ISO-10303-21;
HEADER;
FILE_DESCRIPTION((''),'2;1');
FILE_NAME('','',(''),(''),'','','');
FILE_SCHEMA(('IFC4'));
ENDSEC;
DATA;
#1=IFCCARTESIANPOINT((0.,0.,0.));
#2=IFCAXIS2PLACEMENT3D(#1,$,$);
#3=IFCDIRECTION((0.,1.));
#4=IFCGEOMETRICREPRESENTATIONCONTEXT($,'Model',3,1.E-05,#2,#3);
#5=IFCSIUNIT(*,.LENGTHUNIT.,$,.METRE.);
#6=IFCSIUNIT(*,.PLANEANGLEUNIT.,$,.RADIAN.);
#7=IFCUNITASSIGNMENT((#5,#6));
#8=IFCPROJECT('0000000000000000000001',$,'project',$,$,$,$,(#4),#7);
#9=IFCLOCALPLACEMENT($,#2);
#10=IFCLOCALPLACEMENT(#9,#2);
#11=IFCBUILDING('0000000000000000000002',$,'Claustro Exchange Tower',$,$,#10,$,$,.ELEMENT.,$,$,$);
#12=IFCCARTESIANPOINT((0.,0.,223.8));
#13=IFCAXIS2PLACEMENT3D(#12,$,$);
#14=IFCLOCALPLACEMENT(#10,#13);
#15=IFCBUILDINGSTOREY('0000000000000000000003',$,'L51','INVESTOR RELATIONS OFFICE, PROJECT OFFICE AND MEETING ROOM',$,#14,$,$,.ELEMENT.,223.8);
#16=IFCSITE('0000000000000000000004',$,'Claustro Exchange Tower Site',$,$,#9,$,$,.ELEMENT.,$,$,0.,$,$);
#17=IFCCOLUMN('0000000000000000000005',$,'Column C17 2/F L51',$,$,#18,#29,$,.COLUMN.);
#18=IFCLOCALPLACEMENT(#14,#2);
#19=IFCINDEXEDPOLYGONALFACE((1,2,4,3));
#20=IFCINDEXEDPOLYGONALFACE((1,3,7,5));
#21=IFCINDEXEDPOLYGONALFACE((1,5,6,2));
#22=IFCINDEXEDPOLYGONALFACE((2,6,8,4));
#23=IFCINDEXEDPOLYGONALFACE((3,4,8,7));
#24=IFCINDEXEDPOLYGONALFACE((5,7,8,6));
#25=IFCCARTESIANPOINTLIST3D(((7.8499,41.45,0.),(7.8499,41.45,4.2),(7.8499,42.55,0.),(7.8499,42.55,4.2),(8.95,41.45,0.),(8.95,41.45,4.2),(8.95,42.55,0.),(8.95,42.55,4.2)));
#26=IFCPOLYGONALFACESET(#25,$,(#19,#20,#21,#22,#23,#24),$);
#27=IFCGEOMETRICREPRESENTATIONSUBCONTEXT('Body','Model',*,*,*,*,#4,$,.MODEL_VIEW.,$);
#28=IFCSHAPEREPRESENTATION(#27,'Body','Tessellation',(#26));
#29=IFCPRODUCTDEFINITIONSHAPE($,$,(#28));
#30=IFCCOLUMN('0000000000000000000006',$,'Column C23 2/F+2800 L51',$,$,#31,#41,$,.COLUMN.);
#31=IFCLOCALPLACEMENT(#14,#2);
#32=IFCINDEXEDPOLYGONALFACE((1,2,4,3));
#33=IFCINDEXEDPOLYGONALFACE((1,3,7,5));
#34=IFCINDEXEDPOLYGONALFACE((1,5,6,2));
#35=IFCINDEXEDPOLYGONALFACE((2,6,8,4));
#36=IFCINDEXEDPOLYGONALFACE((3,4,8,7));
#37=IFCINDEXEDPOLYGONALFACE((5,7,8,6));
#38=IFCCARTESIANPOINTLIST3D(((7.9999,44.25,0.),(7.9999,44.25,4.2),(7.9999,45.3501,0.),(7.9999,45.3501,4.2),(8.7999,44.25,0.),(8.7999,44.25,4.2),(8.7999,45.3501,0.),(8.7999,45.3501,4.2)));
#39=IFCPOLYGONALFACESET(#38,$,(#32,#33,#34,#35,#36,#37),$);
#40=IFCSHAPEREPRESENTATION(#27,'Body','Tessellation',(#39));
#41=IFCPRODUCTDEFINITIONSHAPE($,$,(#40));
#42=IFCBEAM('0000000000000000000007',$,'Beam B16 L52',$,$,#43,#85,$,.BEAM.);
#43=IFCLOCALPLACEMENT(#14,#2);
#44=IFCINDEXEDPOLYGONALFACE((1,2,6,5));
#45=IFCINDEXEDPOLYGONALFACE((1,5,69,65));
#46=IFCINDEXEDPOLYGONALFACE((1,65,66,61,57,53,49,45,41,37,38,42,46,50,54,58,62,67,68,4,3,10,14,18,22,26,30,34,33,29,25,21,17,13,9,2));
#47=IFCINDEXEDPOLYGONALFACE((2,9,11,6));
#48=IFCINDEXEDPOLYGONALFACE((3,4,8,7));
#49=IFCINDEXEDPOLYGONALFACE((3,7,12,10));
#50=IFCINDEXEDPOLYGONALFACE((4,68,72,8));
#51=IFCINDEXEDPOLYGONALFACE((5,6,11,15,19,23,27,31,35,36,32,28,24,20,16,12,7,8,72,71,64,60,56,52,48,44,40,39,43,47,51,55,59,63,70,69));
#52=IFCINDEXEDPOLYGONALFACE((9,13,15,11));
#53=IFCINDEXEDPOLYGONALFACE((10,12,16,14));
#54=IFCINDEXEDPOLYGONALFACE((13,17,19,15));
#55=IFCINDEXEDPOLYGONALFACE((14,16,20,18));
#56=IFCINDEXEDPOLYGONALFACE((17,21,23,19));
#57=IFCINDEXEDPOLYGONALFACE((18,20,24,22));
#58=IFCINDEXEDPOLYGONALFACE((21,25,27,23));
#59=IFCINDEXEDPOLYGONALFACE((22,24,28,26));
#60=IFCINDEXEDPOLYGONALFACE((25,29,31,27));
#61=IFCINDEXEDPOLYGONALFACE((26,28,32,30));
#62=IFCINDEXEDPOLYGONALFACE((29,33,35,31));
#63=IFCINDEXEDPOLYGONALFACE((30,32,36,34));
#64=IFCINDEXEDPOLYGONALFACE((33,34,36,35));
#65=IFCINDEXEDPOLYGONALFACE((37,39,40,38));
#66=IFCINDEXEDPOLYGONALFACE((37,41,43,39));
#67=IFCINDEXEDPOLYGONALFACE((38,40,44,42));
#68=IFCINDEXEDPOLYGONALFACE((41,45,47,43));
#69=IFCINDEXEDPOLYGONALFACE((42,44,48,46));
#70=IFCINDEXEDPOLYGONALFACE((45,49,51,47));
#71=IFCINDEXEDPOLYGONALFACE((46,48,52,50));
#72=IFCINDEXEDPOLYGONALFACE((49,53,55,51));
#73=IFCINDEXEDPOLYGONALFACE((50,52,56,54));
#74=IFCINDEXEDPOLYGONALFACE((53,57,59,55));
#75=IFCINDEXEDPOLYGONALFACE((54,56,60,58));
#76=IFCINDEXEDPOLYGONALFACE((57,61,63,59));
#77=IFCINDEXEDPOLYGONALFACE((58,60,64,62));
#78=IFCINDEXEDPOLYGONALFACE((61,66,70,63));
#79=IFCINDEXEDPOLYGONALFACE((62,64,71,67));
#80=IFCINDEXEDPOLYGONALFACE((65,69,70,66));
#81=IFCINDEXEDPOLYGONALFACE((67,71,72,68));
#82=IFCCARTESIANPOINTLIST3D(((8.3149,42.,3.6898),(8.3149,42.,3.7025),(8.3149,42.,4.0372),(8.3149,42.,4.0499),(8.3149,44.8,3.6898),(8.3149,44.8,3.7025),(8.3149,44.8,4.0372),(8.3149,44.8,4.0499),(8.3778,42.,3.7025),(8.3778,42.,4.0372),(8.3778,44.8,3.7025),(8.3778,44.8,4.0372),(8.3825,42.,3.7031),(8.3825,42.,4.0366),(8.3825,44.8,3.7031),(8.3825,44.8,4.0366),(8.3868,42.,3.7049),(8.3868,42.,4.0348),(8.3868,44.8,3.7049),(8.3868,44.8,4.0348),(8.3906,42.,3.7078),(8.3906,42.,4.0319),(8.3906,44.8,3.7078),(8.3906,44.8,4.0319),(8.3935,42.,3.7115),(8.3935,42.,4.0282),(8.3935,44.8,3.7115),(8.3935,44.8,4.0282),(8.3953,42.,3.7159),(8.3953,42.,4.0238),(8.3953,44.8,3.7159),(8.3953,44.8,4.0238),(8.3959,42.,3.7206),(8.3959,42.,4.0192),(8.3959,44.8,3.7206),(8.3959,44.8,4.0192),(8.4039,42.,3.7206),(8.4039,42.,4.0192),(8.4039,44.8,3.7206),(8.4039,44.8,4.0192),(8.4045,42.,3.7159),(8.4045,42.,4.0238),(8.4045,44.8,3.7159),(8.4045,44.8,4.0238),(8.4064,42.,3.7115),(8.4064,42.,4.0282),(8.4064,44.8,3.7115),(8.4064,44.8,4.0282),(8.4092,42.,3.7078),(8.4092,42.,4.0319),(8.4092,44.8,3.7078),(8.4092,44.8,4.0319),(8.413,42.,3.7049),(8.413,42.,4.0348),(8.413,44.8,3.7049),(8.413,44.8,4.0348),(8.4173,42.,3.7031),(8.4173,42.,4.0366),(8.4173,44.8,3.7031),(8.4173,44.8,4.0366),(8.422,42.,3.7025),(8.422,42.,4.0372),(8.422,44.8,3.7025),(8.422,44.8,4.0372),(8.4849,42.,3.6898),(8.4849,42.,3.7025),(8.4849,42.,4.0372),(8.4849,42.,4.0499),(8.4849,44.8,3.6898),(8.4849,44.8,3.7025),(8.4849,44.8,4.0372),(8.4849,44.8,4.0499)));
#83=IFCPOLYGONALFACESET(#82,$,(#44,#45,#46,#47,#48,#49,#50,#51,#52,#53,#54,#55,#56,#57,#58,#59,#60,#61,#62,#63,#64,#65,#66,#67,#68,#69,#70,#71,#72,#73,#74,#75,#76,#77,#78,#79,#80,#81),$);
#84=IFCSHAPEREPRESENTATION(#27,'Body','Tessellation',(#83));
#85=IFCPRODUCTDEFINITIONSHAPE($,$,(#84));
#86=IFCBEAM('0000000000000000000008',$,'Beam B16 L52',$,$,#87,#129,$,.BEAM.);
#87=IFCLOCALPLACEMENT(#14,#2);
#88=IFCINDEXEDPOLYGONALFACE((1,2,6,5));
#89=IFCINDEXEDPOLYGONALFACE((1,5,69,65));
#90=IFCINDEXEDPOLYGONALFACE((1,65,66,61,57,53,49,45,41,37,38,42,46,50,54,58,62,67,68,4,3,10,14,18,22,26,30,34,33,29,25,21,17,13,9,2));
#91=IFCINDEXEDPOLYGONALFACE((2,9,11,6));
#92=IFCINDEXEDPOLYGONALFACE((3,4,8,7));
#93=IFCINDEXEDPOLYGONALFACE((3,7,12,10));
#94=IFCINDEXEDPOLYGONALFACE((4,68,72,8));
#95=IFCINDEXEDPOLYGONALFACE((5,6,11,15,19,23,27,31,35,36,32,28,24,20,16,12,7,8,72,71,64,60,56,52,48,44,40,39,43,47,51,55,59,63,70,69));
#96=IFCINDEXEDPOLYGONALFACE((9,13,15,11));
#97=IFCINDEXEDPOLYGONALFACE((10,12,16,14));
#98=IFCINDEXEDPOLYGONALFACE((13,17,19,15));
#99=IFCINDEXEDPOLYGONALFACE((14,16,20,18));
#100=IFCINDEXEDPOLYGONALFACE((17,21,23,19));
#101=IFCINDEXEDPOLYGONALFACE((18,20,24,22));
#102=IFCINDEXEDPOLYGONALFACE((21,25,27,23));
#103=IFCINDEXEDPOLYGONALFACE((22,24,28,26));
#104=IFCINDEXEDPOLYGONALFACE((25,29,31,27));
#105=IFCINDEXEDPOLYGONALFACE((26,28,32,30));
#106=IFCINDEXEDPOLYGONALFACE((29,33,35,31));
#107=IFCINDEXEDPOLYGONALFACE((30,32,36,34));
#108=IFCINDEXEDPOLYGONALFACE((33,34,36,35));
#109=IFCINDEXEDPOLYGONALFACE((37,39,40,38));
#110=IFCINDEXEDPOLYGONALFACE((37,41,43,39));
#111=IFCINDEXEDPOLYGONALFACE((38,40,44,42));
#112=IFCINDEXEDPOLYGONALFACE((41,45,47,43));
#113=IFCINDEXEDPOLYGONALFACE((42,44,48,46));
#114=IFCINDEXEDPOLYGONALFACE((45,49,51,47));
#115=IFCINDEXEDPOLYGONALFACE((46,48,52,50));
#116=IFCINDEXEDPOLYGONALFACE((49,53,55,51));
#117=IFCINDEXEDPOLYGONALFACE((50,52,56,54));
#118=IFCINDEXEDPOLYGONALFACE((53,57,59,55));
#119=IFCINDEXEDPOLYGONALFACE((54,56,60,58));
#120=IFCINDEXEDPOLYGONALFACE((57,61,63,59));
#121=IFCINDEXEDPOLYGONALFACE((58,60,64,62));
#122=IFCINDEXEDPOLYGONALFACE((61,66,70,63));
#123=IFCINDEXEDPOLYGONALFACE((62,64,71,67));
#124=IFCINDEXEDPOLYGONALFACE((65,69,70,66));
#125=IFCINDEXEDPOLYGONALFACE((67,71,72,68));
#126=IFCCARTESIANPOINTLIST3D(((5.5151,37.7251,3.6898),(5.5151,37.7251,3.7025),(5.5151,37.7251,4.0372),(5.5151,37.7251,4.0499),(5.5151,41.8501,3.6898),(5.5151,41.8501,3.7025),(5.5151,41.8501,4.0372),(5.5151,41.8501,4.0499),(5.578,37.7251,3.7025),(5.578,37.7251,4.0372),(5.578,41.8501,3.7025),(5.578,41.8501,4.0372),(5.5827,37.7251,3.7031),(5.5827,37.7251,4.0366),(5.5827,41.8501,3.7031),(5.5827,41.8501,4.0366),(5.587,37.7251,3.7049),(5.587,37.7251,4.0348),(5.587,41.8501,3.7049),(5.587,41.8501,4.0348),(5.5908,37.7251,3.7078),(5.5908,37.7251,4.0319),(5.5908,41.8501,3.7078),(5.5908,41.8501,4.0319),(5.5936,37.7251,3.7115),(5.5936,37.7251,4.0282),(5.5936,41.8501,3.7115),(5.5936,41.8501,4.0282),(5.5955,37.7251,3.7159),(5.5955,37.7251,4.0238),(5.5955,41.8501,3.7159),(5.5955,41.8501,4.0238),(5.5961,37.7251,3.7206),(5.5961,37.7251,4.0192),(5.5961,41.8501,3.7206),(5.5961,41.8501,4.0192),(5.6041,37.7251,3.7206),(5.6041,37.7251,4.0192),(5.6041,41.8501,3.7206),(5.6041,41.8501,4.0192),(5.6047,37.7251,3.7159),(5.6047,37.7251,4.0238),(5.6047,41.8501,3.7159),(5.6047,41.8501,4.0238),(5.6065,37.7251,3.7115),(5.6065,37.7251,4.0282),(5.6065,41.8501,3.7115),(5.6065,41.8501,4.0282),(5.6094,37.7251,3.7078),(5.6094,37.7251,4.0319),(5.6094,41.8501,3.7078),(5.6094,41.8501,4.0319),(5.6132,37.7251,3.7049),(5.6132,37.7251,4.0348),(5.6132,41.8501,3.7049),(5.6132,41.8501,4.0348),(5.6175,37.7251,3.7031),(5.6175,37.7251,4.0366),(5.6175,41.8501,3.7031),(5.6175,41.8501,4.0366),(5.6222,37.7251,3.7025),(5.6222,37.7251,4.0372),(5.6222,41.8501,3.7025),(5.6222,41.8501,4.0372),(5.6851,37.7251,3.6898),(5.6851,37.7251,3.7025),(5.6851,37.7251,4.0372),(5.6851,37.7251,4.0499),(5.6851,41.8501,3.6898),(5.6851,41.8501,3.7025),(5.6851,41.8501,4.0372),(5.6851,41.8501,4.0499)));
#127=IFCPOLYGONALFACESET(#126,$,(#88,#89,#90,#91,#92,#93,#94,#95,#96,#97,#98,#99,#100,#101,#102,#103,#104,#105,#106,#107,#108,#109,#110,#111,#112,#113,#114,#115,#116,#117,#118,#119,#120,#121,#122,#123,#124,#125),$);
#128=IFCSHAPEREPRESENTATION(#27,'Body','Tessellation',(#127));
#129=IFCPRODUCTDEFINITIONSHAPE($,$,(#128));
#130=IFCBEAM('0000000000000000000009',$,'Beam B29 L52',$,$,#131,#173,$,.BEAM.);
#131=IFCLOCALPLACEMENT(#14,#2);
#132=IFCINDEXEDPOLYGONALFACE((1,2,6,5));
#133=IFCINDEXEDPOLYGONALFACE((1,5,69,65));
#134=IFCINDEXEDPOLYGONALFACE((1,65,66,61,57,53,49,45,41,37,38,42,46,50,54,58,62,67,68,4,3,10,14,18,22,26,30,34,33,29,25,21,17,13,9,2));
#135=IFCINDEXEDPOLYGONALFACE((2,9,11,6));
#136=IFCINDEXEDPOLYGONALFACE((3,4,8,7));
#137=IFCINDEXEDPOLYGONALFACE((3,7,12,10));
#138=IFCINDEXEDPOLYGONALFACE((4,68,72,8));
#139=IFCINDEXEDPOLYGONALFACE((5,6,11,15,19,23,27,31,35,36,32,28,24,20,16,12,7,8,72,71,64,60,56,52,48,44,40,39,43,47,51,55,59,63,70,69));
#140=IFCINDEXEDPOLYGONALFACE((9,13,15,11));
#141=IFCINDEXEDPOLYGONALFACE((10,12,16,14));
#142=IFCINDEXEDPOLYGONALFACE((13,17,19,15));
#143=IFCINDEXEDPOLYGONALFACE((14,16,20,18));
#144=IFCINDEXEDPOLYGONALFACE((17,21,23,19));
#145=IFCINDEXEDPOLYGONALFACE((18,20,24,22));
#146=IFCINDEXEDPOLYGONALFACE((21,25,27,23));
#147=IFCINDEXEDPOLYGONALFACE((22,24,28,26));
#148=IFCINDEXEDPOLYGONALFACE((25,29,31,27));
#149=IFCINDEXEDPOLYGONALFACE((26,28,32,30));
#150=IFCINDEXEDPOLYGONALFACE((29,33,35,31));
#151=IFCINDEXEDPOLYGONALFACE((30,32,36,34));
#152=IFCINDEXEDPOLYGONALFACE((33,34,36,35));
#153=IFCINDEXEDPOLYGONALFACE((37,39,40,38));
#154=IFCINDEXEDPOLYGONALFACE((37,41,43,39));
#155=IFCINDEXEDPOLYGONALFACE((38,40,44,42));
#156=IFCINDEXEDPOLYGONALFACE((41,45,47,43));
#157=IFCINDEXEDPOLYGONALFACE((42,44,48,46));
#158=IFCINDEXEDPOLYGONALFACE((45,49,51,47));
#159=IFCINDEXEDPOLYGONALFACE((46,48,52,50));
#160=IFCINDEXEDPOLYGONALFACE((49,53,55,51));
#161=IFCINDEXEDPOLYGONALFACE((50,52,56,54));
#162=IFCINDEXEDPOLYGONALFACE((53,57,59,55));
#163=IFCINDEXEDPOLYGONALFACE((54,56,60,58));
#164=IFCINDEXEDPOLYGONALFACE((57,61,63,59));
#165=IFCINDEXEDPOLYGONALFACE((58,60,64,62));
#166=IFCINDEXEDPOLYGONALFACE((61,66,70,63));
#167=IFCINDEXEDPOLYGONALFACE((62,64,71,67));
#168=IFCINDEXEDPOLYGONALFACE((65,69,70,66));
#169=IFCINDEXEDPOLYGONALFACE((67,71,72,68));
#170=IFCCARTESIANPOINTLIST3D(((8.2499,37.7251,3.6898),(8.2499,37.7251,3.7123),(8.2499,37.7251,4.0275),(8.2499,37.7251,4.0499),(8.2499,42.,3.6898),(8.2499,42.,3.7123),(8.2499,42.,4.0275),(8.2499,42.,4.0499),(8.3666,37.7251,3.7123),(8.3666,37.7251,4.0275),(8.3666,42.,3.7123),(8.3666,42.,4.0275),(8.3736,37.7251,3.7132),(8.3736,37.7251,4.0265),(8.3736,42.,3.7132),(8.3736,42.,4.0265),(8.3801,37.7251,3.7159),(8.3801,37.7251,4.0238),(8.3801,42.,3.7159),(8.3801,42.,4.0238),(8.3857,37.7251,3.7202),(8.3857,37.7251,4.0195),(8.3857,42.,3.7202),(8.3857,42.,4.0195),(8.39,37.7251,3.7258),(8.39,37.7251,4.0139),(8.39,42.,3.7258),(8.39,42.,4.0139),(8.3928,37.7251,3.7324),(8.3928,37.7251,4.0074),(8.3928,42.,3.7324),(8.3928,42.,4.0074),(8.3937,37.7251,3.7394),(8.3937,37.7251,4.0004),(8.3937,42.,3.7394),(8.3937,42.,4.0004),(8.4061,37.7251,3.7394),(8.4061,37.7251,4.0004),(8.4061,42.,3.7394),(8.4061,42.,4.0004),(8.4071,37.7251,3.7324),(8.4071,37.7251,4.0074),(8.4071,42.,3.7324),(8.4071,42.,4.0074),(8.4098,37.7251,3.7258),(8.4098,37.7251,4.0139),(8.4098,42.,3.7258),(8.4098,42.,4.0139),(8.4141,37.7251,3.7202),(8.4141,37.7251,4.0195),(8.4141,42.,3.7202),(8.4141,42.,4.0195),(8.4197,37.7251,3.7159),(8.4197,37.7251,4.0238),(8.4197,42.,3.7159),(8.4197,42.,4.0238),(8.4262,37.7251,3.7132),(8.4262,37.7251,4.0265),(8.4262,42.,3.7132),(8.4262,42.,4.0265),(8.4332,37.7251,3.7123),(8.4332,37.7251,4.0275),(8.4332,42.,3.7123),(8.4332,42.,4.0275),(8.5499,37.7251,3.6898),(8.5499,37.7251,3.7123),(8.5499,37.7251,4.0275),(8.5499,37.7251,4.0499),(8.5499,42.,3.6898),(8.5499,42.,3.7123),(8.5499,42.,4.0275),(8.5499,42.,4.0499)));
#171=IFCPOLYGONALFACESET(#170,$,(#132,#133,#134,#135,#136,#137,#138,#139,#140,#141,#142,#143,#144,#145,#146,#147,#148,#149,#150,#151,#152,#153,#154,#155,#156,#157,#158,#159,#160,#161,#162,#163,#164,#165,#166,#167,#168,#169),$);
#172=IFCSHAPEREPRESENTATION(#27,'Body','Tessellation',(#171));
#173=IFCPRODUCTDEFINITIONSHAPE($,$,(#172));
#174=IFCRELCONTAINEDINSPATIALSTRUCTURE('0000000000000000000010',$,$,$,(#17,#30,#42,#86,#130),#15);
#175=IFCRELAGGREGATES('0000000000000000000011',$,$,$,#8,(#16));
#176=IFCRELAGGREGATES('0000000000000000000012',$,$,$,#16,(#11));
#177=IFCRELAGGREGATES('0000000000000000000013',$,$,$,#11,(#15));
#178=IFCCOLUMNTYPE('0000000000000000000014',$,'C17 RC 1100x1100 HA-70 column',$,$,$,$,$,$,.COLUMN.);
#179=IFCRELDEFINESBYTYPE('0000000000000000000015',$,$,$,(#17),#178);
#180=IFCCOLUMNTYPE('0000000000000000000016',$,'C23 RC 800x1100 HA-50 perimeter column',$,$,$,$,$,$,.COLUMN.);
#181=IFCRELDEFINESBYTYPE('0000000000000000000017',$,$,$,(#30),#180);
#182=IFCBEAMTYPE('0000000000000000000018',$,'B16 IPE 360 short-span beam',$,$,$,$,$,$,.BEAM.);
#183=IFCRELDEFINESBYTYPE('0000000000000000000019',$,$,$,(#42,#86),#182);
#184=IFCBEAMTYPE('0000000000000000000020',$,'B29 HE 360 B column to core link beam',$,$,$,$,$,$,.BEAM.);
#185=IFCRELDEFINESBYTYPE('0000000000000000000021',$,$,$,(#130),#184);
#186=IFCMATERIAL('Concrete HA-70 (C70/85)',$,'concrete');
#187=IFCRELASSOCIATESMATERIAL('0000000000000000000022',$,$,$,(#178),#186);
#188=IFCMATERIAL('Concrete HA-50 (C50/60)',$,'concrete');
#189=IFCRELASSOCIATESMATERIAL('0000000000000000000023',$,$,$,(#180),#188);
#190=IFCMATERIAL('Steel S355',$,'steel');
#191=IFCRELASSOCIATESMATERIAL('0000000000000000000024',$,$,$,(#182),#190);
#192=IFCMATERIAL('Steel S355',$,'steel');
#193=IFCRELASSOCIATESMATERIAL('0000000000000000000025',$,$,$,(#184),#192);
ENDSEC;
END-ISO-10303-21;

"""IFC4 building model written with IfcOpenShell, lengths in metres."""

from ifc_helpers import new_model, si_unit, direction, frame, origin, origin_2d, place, context, subcontext, project, spatial, rectangle, i_section, extrude, material, material_profile, profile_set, type_object, element, save


model = new_model("IFC4")

# Units and contexts
model_context = context("Model", 3, precision=1e-05, world=origin(), true_north=direction((0.0, 1.0)))
body_context = subcontext(model_context, "Body", "Model", "MODEL_VIEW")
ifc_project = project(units=[si_unit("LENGTHUNIT", "METRE"), si_unit("PLANEANGLEUNIT", "RADIAN")], contexts=[model_context])

# Site, building, storey
site_placement = place(None, origin())
site = spatial("IfcSite", under=ifc_project, at=site_placement, Name="Claustro Exchange Tower Site", CompositionType="ELEMENT", RefElevation=0.0)
building_placement = place(site_placement, origin())
building = spatial("IfcBuilding", under=site, at=building_placement, Name="Claustro Exchange Tower", CompositionType="ELEMENT")
storey_placement = place(building_placement, frame((0.0, 0.0, 223.8)))
storey = spatial("IfcBuildingStorey", under=building, at=storey_placement, Name="L51", Description="INVESTOR RELATIONS OFFICE, PROJECT OFFICE AND MEETING ROOM", CompositionType="ELEMENT", Elevation=223.8)

# Columns
ifc_material_1 = material(Name="Concrete HA-70 (C70/85)", Category="concrete")
ifc_material_profile_1 = material_profile(ifc_material_1, rectangle(XDim=1.1001, YDim=1.1001, at=origin_2d()), Name="RC 1100x1100")
ifc_profile_set_1 = profile_set([ifc_material_profile_1], Name="Concrete HA-70 (C70/85)")
column_type_1 = type_object("IfcColumnType", Name="C17 RC 1100x1100 HA-70 column", PredefinedType="COLUMN", material=ifc_profile_set_1)
column_1_placement = place(storey_placement, frame((8.3999, 42.0, 0.0), z_axis=(0.0, 0.0, 1.0), x_axis=(1.0, 0.0, 0.0)))
element("IfcColumn", 1, at=column_1_placement, inside=storey, type_object=column_type_1, Name="Column C17 2/F L51", PredefinedType="COLUMN", context=body_context, shape_type="SweptSolid", body=[
    extrude(rectangle(XDim=1.1001, YDim=1.1001, at=origin_2d()), origin(), (0.0, 0.0, 1.0), 4.2),
])
ifc_material_2 = material(Name="Concrete HA-50 (C50/60)", Category="concrete")
ifc_material_profile_2 = material_profile(ifc_material_2, rectangle(XDim=0.8, YDim=1.1001, at=origin_2d()), Name="RC 800x1100")
ifc_profile_set_2 = profile_set([ifc_material_profile_2], Name="Concrete HA-50 (C50/60)")
column_type_2 = type_object("IfcColumnType", Name="C23 RC 800x1100 HA-50 perimeter column", PredefinedType="COLUMN", material=ifc_profile_set_2)
column_2_placement = place(storey_placement, frame((8.3999, 44.8, 0.0), z_axis=(0.0, 0.0, 1.0), x_axis=(1.0, 0.0, 0.0)))
element("IfcColumn", 2, at=column_2_placement, inside=storey, type_object=column_type_2, Name="Column C23 2/F+2800 L51", PredefinedType="COLUMN", context=body_context, shape_type="SweptSolid", body=[
    extrude(rectangle(XDim=0.8, YDim=1.1001, at=origin_2d()), origin(), (0.0, 0.0, 1.0), 4.2),
])

# Beams
ifc_material_3 = material(Name="Steel S355", Category="steel")
ifc_material_profile_3 = material_profile(ifc_material_3, i_section(OverallWidth=0.1699, OverallDepth=0.3601, WebThickness=0.0081, FlangeThickness=0.0127, FilletRadius=0.0181, at=origin_2d()), Name="IPE 360")
ifc_profile_set_3 = profile_set([ifc_material_profile_3], Name="Steel S355")
beam_type_1 = type_object("IfcBeamType", Name="B16 IPE 360 short-span beam", PredefinedType="BEAM", material=ifc_profile_set_3)
beam_1_placement = place(storey_placement, frame((8.3999, 42.0, 3.8699), z_axis=(0.0, 1.0, 0.0), x_axis=(-1.0, 0.0, 0.0)))
element("IfcBeam", 3, at=beam_1_placement, inside=storey, type_object=beam_type_1, Name="Beam B16 L52", PredefinedType="BEAM", context=body_context, shape_type="SweptSolid", body=[
    extrude(i_section(OverallWidth=0.1699, OverallDepth=0.3601, WebThickness=0.0081, FlangeThickness=0.0127, FilletRadius=0.0181, at=origin_2d()), origin(), (0.0, 0.0, 1.0), 2.8),
])
beam_2_placement = place(storey_placement, frame((5.6001, 37.7251, 3.8699), z_axis=(0.0, 1.0, 0.0), x_axis=(-1.0, 0.0, 0.0)))
element("IfcBeam", 4, at=beam_2_placement, inside=storey, type_object=beam_type_1, Name="Beam B16 L52", PredefinedType="BEAM", context=body_context, shape_type="SweptSolid", body=[
    extrude(i_section(OverallWidth=0.1699, OverallDepth=0.3601, WebThickness=0.0081, FlangeThickness=0.0127, FilletRadius=0.0181, at=origin_2d()), origin(), (0.0, 0.0, 1.0), 4.125),
])
ifc_material_4 = material(Name="Steel S355", Category="steel")
ifc_material_profile_4 = material_profile(ifc_material_4, i_section(OverallWidth=0.3, OverallDepth=0.3601, WebThickness=0.0125, FlangeThickness=0.0225, FilletRadius=0.0271, at=origin_2d()), Name="HE 360 B")
ifc_profile_set_4 = profile_set([ifc_material_profile_4], Name="Steel S355")
beam_type_2 = type_object("IfcBeamType", Name="B29 HE 360 B column to core link beam", PredefinedType="BEAM", material=ifc_profile_set_4)
beam_3_placement = place(storey_placement, frame((8.3999, 37.7251, 3.8699), z_axis=(0.0, 1.0, 0.0), x_axis=(-1.0, 0.0, 0.0)))
element("IfcBeam", 5, at=beam_3_placement, inside=storey, type_object=beam_type_2, Name="Beam B29 L52", PredefinedType="BEAM", context=body_context, shape_type="SweptSolid", body=[
    extrude(i_section(OverallWidth=0.3, OverallDepth=0.3601, WebThickness=0.0125, FlangeThickness=0.0225, FilletRadius=0.0271, at=origin_2d()), origin(), (0.0, 0.0, 1.0), 4.2749),
])

save(model, "model.ifc")
